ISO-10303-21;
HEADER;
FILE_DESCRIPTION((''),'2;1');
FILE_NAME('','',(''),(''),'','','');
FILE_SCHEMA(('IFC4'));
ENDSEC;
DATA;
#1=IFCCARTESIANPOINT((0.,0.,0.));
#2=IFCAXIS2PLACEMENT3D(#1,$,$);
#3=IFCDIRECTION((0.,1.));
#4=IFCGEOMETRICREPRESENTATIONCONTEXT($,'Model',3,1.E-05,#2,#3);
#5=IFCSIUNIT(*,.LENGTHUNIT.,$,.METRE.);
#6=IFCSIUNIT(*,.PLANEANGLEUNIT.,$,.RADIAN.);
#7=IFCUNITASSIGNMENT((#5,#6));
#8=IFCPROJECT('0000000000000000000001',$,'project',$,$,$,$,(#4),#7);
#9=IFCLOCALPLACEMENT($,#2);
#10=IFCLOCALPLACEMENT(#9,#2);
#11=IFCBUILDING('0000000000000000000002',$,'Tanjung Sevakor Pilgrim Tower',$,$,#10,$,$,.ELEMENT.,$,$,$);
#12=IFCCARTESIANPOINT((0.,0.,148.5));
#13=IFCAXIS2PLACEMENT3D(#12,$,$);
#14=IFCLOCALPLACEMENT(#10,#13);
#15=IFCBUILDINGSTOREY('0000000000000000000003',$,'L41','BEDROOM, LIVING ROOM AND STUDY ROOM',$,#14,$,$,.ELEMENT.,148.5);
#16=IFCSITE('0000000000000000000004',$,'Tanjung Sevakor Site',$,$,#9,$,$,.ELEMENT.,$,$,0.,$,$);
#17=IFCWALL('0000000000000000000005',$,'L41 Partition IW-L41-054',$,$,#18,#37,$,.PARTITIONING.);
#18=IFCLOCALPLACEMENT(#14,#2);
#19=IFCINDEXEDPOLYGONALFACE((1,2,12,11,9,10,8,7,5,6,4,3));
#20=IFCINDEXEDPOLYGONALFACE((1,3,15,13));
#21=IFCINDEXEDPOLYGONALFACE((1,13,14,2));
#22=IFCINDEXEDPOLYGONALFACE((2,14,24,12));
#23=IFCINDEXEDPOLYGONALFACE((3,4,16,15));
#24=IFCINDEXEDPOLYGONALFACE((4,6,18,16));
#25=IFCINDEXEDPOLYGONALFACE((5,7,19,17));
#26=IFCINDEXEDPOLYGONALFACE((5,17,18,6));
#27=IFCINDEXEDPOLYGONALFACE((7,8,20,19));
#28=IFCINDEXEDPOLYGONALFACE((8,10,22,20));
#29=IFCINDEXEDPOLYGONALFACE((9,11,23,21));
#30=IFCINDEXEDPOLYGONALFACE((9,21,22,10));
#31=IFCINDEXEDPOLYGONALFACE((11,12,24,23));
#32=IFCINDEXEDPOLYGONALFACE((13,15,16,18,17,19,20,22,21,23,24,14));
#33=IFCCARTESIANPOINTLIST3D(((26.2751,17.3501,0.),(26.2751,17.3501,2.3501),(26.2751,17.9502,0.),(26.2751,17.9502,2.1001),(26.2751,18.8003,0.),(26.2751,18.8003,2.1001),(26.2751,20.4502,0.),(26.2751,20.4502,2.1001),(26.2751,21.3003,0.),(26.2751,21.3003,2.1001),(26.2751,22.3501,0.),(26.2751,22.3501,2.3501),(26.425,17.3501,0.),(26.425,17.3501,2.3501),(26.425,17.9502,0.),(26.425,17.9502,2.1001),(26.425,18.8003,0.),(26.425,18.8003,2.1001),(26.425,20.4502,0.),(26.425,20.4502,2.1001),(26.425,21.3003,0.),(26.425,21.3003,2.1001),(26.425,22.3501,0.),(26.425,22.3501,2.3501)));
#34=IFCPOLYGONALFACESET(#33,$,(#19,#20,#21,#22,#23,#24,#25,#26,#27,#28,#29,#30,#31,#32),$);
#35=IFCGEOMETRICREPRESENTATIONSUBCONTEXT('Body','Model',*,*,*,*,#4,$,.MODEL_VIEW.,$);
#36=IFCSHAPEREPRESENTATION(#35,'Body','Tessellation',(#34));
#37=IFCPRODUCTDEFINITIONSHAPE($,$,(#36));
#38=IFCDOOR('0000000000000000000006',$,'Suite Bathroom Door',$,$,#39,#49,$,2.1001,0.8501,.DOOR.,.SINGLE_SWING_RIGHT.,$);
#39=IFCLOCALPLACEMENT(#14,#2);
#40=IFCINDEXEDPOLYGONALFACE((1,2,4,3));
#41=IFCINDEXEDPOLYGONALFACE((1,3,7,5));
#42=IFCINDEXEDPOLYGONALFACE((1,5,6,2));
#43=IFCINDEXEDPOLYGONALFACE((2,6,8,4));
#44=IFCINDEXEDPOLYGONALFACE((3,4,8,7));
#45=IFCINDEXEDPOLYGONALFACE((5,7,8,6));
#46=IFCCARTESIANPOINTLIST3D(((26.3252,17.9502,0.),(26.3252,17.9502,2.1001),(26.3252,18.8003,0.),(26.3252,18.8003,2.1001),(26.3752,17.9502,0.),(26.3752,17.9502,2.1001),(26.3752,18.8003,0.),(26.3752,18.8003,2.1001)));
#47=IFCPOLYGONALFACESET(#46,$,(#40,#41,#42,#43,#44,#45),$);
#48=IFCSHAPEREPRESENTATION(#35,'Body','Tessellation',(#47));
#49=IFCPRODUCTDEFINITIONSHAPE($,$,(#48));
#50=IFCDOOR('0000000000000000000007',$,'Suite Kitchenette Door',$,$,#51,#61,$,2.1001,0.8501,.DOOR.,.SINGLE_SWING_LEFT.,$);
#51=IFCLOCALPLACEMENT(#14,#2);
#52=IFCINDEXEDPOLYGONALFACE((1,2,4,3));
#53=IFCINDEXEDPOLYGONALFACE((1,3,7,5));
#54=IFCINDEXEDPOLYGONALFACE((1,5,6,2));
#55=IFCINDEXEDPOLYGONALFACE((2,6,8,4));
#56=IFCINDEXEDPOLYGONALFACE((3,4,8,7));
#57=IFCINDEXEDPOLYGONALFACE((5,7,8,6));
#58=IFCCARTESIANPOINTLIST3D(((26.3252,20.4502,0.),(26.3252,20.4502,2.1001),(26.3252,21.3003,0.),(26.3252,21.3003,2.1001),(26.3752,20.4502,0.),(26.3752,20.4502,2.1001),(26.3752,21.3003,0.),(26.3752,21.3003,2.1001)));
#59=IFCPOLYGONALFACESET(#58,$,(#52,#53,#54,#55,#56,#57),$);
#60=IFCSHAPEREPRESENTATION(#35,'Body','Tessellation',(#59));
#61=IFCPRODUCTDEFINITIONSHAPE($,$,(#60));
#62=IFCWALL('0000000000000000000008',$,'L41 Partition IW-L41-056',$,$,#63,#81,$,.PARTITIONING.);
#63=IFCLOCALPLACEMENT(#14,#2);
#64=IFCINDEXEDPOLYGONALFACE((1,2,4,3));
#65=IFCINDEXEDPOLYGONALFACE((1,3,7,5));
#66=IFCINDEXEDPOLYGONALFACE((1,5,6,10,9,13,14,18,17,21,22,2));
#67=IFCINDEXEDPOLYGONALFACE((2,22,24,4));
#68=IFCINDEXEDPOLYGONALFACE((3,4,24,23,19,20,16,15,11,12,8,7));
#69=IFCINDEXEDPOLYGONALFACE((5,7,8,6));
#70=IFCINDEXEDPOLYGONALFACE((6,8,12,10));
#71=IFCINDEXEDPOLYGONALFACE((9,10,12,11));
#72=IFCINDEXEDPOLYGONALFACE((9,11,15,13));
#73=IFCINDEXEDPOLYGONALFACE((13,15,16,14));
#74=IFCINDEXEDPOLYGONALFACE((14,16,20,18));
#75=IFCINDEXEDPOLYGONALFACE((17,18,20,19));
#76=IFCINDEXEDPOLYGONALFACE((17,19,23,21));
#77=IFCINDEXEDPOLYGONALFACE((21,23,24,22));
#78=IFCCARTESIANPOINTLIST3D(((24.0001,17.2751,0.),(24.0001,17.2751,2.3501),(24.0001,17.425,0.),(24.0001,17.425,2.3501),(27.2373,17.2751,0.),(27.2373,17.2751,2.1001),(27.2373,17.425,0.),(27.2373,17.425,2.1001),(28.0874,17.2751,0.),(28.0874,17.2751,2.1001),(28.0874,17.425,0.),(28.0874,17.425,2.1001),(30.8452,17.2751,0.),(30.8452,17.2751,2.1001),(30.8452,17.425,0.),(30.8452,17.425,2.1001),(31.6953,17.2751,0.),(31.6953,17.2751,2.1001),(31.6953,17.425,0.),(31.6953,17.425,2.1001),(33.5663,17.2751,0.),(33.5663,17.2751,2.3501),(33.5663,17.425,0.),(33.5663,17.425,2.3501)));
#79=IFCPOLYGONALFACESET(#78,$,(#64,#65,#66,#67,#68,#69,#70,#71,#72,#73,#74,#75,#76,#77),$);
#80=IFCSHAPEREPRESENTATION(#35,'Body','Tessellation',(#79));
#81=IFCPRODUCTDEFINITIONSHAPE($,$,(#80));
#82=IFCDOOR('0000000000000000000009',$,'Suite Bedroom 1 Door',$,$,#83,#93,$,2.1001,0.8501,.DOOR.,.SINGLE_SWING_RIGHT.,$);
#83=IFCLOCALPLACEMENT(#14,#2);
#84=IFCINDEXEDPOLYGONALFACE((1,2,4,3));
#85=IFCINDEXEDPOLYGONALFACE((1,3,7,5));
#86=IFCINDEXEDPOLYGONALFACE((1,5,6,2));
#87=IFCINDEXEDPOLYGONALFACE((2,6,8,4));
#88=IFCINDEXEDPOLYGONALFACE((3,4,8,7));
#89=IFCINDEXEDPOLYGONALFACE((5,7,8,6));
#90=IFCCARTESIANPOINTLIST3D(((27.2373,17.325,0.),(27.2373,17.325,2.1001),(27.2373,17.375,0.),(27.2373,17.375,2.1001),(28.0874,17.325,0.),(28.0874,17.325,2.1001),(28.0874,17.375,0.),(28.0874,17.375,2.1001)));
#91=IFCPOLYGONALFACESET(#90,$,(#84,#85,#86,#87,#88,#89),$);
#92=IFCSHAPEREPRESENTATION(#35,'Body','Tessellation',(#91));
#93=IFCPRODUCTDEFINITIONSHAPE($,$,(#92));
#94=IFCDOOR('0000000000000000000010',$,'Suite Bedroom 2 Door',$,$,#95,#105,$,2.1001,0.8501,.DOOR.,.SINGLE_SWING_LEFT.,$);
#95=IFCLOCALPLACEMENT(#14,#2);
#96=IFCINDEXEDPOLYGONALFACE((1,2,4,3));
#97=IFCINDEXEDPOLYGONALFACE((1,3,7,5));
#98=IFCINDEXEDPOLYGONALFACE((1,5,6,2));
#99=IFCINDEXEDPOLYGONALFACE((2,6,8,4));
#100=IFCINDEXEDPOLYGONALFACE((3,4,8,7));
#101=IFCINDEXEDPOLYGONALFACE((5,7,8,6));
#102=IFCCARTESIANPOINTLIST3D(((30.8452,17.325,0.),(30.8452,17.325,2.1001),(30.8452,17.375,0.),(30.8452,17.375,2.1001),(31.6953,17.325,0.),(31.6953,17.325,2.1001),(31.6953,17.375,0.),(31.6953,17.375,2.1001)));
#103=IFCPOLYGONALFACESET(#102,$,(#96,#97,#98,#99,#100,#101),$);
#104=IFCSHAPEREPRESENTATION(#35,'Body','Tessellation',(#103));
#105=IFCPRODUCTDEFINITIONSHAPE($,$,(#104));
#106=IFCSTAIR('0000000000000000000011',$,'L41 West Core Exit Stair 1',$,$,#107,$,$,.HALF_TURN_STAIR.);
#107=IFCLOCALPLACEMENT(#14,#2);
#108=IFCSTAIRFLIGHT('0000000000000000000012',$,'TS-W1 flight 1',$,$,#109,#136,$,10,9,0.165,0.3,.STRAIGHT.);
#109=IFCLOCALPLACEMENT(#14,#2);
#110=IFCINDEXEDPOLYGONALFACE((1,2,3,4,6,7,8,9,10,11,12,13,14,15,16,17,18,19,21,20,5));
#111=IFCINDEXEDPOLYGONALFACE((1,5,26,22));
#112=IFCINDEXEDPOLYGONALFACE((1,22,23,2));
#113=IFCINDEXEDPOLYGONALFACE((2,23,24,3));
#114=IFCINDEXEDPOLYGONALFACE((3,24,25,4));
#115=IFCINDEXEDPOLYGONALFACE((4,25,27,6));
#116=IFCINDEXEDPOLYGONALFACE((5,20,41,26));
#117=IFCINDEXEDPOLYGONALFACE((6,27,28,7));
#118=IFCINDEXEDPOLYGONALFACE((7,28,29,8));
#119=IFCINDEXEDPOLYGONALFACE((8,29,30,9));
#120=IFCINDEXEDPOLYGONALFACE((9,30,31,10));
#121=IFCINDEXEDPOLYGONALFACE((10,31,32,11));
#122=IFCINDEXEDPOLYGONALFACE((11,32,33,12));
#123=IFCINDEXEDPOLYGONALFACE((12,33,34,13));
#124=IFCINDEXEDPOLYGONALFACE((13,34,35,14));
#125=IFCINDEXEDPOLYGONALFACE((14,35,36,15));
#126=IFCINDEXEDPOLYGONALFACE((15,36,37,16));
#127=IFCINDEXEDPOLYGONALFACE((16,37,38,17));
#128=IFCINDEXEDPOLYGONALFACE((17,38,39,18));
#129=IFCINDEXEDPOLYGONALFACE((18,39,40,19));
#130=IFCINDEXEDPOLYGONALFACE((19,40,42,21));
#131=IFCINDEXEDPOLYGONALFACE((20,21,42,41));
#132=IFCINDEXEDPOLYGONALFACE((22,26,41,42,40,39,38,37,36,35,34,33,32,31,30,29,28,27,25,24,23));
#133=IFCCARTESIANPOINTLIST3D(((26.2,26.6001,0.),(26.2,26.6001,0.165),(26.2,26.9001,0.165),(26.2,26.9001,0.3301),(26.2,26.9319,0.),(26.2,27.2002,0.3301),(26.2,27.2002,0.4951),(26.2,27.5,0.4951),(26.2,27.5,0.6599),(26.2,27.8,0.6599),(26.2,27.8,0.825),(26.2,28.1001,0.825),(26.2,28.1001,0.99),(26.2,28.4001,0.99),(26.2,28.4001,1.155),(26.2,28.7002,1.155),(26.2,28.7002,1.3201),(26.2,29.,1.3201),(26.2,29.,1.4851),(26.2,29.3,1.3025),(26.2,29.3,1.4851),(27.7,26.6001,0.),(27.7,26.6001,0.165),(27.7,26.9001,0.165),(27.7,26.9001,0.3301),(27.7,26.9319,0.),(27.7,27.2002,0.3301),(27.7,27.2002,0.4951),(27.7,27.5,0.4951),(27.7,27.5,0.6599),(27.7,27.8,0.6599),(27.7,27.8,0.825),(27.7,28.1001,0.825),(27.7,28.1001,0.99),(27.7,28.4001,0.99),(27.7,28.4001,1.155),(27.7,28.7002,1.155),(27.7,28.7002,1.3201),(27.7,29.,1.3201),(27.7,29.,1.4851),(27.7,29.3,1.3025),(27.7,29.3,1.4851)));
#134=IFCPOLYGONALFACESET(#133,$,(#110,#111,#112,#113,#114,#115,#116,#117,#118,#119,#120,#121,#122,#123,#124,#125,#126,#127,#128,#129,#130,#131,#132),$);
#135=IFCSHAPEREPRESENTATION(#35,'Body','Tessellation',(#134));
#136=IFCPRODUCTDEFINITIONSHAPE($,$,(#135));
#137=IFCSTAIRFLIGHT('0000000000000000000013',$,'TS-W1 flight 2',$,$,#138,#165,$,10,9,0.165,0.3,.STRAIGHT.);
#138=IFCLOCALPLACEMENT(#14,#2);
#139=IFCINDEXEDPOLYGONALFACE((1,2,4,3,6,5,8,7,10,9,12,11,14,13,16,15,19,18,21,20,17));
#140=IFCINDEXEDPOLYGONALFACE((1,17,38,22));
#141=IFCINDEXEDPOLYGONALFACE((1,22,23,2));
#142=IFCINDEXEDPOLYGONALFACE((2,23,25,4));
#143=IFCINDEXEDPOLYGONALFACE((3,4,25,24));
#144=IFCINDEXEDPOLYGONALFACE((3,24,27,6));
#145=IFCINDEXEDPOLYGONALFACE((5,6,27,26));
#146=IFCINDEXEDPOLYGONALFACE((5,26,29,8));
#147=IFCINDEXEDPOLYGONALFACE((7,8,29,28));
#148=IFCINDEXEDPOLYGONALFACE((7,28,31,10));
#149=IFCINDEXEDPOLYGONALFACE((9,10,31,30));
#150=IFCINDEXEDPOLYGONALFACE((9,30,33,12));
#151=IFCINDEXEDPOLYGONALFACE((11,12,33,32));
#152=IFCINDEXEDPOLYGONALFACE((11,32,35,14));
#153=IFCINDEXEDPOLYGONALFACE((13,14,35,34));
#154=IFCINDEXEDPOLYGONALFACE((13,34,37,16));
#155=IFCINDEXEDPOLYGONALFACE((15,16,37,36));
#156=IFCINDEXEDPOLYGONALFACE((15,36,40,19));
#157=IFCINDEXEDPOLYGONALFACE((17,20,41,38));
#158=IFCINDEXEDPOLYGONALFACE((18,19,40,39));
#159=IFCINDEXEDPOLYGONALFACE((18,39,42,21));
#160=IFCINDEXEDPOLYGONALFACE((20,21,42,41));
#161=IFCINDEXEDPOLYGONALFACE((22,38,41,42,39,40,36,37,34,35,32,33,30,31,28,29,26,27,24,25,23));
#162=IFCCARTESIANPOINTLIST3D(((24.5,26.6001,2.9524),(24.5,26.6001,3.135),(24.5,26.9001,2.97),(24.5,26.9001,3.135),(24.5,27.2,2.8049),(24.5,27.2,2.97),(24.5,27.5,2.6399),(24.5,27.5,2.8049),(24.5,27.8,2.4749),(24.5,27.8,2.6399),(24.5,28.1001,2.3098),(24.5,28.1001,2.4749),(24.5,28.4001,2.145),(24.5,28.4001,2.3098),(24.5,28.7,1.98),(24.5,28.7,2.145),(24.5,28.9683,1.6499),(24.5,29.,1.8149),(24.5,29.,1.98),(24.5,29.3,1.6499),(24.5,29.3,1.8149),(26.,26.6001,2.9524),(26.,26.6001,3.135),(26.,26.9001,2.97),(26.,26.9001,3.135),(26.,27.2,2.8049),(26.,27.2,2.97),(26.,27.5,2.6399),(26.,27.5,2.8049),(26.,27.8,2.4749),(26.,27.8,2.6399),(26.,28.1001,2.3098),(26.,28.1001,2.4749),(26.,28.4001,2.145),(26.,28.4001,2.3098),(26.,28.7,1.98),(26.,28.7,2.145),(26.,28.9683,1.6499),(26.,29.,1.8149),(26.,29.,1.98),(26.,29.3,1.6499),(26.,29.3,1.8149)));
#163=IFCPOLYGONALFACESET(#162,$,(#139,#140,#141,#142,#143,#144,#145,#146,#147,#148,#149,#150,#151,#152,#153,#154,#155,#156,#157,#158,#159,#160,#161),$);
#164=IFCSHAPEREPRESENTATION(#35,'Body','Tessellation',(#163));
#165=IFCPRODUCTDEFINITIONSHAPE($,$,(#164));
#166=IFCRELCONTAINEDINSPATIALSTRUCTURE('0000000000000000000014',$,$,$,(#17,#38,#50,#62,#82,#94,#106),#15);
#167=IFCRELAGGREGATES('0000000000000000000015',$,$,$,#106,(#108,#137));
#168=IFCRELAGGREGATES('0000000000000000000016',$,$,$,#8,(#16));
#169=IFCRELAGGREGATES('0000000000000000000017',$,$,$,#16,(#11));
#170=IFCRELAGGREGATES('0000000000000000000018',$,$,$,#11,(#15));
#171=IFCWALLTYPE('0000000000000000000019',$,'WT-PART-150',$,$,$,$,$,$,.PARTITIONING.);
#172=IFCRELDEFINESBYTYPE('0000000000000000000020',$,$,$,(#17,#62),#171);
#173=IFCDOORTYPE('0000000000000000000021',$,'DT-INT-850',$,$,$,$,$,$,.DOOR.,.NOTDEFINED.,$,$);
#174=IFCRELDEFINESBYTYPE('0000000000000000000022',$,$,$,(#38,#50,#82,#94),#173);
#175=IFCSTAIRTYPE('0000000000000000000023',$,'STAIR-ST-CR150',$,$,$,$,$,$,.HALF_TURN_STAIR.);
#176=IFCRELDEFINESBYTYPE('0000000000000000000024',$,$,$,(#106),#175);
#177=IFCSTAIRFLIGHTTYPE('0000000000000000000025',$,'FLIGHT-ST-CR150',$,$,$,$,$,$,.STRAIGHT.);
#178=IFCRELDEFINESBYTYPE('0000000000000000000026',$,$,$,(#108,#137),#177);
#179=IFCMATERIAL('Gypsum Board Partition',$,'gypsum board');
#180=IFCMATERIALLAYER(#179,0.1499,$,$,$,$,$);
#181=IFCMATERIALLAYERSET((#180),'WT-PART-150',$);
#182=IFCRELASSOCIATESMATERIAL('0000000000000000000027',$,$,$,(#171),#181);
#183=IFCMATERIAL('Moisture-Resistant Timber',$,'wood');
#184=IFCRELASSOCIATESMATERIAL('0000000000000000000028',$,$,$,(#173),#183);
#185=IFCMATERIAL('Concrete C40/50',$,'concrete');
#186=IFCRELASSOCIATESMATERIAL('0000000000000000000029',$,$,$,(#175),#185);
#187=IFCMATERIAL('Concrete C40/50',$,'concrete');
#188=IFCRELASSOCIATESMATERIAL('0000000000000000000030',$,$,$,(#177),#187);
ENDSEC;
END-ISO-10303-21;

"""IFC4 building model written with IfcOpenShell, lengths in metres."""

from ifc_helpers import new_model, si_unit, direction, frame, frame_2d, origin, place, context, subcontext, project, spatial, polyline, rectangle, outline, extrude, material, layer, layer_set, type_object, element, fill, aggregate, save


model = new_model("IFC4")

# Units and contexts
model_context = context("Model", 3, precision=1e-05, world=origin(), true_north=direction((0.0, 1.0)))
body_context = subcontext(model_context, "Body", "Model", "MODEL_VIEW")
ifc_project = project(units=[si_unit("LENGTHUNIT", "METRE"), si_unit("PLANEANGLEUNIT", "RADIAN")], contexts=[model_context])

# Site, building, storey
site_placement = place(None, origin())
site = spatial("IfcSite", under=ifc_project, at=site_placement, Name="Tanjung Sevakor Site", CompositionType="ELEMENT", RefElevation=0.0)
building_placement = place(site_placement, origin())
building = spatial("IfcBuilding", under=site, at=building_placement, Name="Tanjung Sevakor Pilgrim Tower", CompositionType="ELEMENT")
storey_placement = place(building_placement, frame((0.0, 0.0, 148.5)))
storey = spatial("IfcBuildingStorey", under=building, at=storey_placement, Name="L41", Description="BEDROOM, LIVING ROOM AND STUDY ROOM", CompositionType="ELEMENT", Elevation=148.5)

# Shared definitions
ifc_material_1 = material(Name="Gypsum Board Partition", Category="gypsum board")
ifc_layer_1 = layer(ifc_material_1, 0.1499)
ifc_layer_set_1 = layer_set([ifc_layer_1], Name="WT-PART-150")
wall_type_1 = type_object("IfcWallType", Name="WT-PART-150", PredefinedType="PARTITIONING", material=ifc_layer_set_1)

# Walls, openings, doors
wall_1_placement = place(storey_placement, frame((26.3501, 17.3501, 0.0), z_axis=(0.0, 0.0, 1.0), x_axis=(0.0, 1.0, 0.0)))
wall_1 = element("IfcWall", 1, at=wall_1_placement, inside=storey, type_object=wall_type_1, Name="L41 Partition IW-L41-054", PredefinedType="PARTITIONING", context=body_context, shape_type="SweptSolid", body=[
    extrude(rectangle(XDim=5.0, YDim=0.1499, at=frame_2d((2.5, 0.0))), origin(), (0.0, 0.0, 1.0), 2.3501),
])
opening_1_placement = place(wall_1_placement, frame((0.6001, 0.0, 0.0)))
opening_1 = element("IfcOpeningElement", 2, at=opening_1_placement, cuts=wall_1, PredefinedType="OPENING", context=body_context, shape_type="SweptSolid", body=[
    extrude(rectangle(XDim=0.8501, YDim=2.1001, at=frame_2d((0.425, 1.05))), frame((0.0, 0.085, 0.0), z_axis=(0.0, -1.0, 0.0), x_axis=(1.0, 0.0, 0.0)), (0.0, 0.0, 1.0), 0.1699),
])
opening_2_placement = place(wall_1_placement, frame((3.1001, 0.0, 0.0)))
opening_2 = element("IfcOpeningElement", 3, at=opening_2_placement, cuts=wall_1, PredefinedType="OPENING", context=body_context, shape_type="SweptSolid", body=[
    extrude(rectangle(XDim=0.8501, YDim=2.1001, at=frame_2d((0.425, 1.05))), frame((0.0, 0.085, 0.0), z_axis=(0.0, -1.0, 0.0), x_axis=(1.0, 0.0, 0.0)), (0.0, 0.0, 1.0), 0.1699),
])
ifc_material_2 = material(Name="Moisture-Resistant Timber", Category="wood")
door_type_1 = type_object("IfcDoorType", Name="DT-INT-850", OperationType="NOTDEFINED", PredefinedType="DOOR", material=ifc_material_2)
door_1_placement = place(opening_1_placement, origin())
door_1 = element("IfcDoor", 4, at=door_1_placement, inside=storey, type_object=door_type_1, Name="Suite Bathroom Door", OperationType="SINGLE_SWING_RIGHT", OverallHeight=2.1001, OverallWidth=0.8501, PredefinedType="DOOR", context=body_context, shape_type="SweptSolid", body=[
    extrude(rectangle(XDim=0.8501, YDim=2.1001, at=frame_2d((0.425, 1.05))), frame((0.0, 0.0249, 0.0), z_axis=(0.0, -1.0, 0.0), x_axis=(1.0, 0.0, 0.0)), (0.0, 0.0, 1.0), 0.05),
])
fill(opening_1, door_1)
door_2_placement = place(opening_2_placement, origin())
door_2 = element("IfcDoor", 5, at=door_2_placement, inside=storey, type_object=door_type_1, Name="Suite Kitchenette Door", OperationType="SINGLE_SWING_LEFT", OverallHeight=2.1001, OverallWidth=0.8501, PredefinedType="DOOR", context=body_context, shape_type="SweptSolid", body=[
    extrude(rectangle(XDim=0.8501, YDim=2.1001, at=frame_2d((0.425, 1.05))), frame((0.0, 0.0249, 0.0), z_axis=(0.0, -1.0, 0.0), x_axis=(1.0, 0.0, 0.0)), (0.0, 0.0, 1.0), 0.05),
])
fill(opening_2, door_2)
wall_2_placement = place(storey_placement, frame((24.0, 17.3501, 0.0), z_axis=(0.0, 0.0, 1.0), x_axis=(1.0, 0.0, 0.0)))
wall_2 = element("IfcWall", 6, at=wall_2_placement, inside=storey, type_object=wall_type_1, Name="L41 Partition IW-L41-056", PredefinedType="PARTITIONING", context=body_context, shape_type="SweptSolid", body=[
    extrude(rectangle(XDim=9.5662, YDim=0.1499, at=frame_2d((4.7832, 0.0))), origin(), (0.0, 0.0, 1.0), 2.3501),
])
opening_3_placement = place(wall_2_placement, frame((3.2373, 0.0, 0.0)))
opening_3 = element("IfcOpeningElement", 7, at=opening_3_placement, cuts=wall_2, PredefinedType="OPENING", context=body_context, shape_type="SweptSolid", body=[
    extrude(rectangle(XDim=0.8501, YDim=2.1001, at=frame_2d((0.425, 1.05))), frame((0.0, 0.085, 0.0), z_axis=(0.0, -1.0, 0.0), x_axis=(1.0, 0.0, 0.0)), (0.0, 0.0, 1.0), 0.1699),
])
opening_4_placement = place(wall_2_placement, frame((6.8452, 0.0, 0.0)))
opening_4 = element("IfcOpeningElement", 8, at=opening_4_placement, cuts=wall_2, PredefinedType="OPENING", context=body_context, shape_type="SweptSolid", body=[
    extrude(rectangle(XDim=0.8501, YDim=2.1001, at=frame_2d((0.425, 1.05))), frame((0.0, 0.085, 0.0), z_axis=(0.0, -1.0, 0.0), x_axis=(1.0, 0.0, 0.0)), (0.0, 0.0, 1.0), 0.1699),
])
door_3_placement = place(opening_3_placement, origin())
door_3 = element("IfcDoor", 9, at=door_3_placement, inside=storey, type_object=door_type_1, Name="Suite Bedroom 1 Door", OperationType="SINGLE_SWING_RIGHT", OverallHeight=2.1001, OverallWidth=0.8501, PredefinedType="DOOR", context=body_context, shape_type="SweptSolid", body=[
    extrude(rectangle(XDim=0.8501, YDim=2.1001, at=frame_2d((0.425, 1.05))), frame((0.0, 0.0249, 0.0), z_axis=(0.0, -1.0, 0.0), x_axis=(1.0, 0.0, 0.0)), (0.0, 0.0, 1.0), 0.05),
])
fill(opening_3, door_3)
door_4_placement = place(opening_4_placement, origin())
door_4 = element("IfcDoor", 10, at=door_4_placement, inside=storey, type_object=door_type_1, Name="Suite Bedroom 2 Door", OperationType="SINGLE_SWING_LEFT", OverallHeight=2.1001, OverallWidth=0.8501, PredefinedType="DOOR", context=body_context, shape_type="SweptSolid", body=[
    extrude(rectangle(XDim=0.8501, YDim=2.1001, at=frame_2d((0.425, 1.05))), frame((0.0, 0.0249, 0.0), z_axis=(0.0, -1.0, 0.0), x_axis=(1.0, 0.0, 0.0)), (0.0, 0.0, 1.0), 0.05),
])
fill(opening_4, door_4)

# Stair, stair flights
ifc_material_3 = material(Name="Concrete C40/50", Category="concrete")
stair_type = type_object("IfcStairType", Name="STAIR-ST-CR150", PredefinedType="HALF_TURN_STAIR", material=ifc_material_3)
stair_placement = place(storey_placement, origin())
stair = element("IfcStair", 11, at=stair_placement, inside=storey, type_object=stair_type, Name="L41 West Core Exit Stair 1", PredefinedType="HALF_TURN_STAIR")
ifc_material_4 = material(Name="Concrete C40/50", Category="concrete")
stair_flight_type = type_object("IfcStairFlightType", Name="FLIGHT-ST-CR150", PredefinedType="STRAIGHT", material=ifc_material_4)
stair_flight_1_placement = place(storey_placement, frame((26.95, 26.6001, 0.0), z_axis=(0.0, 0.0, 1.0), x_axis=(0.0, 1.0, 0.0)))
stair_flight_1 = element("IfcStairFlight", 12, at=stair_flight_1_placement, type_object=stair_flight_type, Name="TS-W1 flight 1", NumberOfRisers=10, NumberOfTreads=9, PredefinedType="STRAIGHT", RiserHeight=0.165, TreadLength=0.3, context=body_context, shape_type="SweptSolid", body=[
    extrude(outline(polyline([(0.0, 0.0), (0.0, 0.165), (0.3, 0.165), (0.3, 0.3301), (0.6001, 0.3301), (0.6001, 0.4951), (0.8999, 0.4951), (0.8999, 0.6599), (1.2, 0.6599), (1.2, 0.825), (1.5, 0.825), (1.5, 0.99), (1.8, 0.99), (1.8, 1.155), (2.1001, 1.155), (2.1001, 1.3201), (2.3999, 1.3201), (2.3999, 1.4851), (2.7, 1.4851), (2.7, 1.6499), (2.7, 1.3025), (0.3318, 0.0), (0.0, 0.0)])), frame((0.0, 0.75, 0.0), z_axis=(0.0, -1.0, 0.0), x_axis=(1.0, 0.0, 0.0)), (0.0, 0.0, 1.0), 1.5),
])
stair_flight_2_placement = place(storey_placement, frame((25.25, 29.3, 1.6499), z_axis=(0.0, 0.0, 1.0), x_axis=(0.0, -1.0, 0.0)))
stair_flight_2 = element("IfcStairFlight", 13, at=stair_flight_2_placement, type_object=stair_flight_type, Name="TS-W1 flight 2", NumberOfRisers=10, NumberOfTreads=9, PredefinedType="STRAIGHT", RiserHeight=0.165, TreadLength=0.3, context=body_context, shape_type="SweptSolid", body=[
    extrude(outline(polyline([(0.0, 0.0), (0.0, 0.165), (0.3, 0.165), (0.3, 0.3301), (0.6001, 0.3301), (0.6001, 0.4951), (0.8999, 0.4951), (0.8999, 0.6599), (1.2, 0.6599), (1.2, 0.825), (1.5, 0.825), (1.5, 0.99), (1.8, 0.99), (1.8, 1.155), (2.1001, 1.155), (2.1001, 1.3201), (2.3999, 1.3201), (2.3999, 1.4851), (2.7, 1.4851), (2.7, 1.6499), (2.7, 1.3025), (0.3318, 0.0), (0.0, 0.0)])), frame((0.0, 0.75, 0.0), z_axis=(0.0, -1.0, 0.0), x_axis=(1.0, 0.0, 0.0)), (0.0, 0.0, 1.0), 1.5),
])
aggregate(stair, [stair_flight_1, stair_flight_2])

save(model, "model.ifc")
